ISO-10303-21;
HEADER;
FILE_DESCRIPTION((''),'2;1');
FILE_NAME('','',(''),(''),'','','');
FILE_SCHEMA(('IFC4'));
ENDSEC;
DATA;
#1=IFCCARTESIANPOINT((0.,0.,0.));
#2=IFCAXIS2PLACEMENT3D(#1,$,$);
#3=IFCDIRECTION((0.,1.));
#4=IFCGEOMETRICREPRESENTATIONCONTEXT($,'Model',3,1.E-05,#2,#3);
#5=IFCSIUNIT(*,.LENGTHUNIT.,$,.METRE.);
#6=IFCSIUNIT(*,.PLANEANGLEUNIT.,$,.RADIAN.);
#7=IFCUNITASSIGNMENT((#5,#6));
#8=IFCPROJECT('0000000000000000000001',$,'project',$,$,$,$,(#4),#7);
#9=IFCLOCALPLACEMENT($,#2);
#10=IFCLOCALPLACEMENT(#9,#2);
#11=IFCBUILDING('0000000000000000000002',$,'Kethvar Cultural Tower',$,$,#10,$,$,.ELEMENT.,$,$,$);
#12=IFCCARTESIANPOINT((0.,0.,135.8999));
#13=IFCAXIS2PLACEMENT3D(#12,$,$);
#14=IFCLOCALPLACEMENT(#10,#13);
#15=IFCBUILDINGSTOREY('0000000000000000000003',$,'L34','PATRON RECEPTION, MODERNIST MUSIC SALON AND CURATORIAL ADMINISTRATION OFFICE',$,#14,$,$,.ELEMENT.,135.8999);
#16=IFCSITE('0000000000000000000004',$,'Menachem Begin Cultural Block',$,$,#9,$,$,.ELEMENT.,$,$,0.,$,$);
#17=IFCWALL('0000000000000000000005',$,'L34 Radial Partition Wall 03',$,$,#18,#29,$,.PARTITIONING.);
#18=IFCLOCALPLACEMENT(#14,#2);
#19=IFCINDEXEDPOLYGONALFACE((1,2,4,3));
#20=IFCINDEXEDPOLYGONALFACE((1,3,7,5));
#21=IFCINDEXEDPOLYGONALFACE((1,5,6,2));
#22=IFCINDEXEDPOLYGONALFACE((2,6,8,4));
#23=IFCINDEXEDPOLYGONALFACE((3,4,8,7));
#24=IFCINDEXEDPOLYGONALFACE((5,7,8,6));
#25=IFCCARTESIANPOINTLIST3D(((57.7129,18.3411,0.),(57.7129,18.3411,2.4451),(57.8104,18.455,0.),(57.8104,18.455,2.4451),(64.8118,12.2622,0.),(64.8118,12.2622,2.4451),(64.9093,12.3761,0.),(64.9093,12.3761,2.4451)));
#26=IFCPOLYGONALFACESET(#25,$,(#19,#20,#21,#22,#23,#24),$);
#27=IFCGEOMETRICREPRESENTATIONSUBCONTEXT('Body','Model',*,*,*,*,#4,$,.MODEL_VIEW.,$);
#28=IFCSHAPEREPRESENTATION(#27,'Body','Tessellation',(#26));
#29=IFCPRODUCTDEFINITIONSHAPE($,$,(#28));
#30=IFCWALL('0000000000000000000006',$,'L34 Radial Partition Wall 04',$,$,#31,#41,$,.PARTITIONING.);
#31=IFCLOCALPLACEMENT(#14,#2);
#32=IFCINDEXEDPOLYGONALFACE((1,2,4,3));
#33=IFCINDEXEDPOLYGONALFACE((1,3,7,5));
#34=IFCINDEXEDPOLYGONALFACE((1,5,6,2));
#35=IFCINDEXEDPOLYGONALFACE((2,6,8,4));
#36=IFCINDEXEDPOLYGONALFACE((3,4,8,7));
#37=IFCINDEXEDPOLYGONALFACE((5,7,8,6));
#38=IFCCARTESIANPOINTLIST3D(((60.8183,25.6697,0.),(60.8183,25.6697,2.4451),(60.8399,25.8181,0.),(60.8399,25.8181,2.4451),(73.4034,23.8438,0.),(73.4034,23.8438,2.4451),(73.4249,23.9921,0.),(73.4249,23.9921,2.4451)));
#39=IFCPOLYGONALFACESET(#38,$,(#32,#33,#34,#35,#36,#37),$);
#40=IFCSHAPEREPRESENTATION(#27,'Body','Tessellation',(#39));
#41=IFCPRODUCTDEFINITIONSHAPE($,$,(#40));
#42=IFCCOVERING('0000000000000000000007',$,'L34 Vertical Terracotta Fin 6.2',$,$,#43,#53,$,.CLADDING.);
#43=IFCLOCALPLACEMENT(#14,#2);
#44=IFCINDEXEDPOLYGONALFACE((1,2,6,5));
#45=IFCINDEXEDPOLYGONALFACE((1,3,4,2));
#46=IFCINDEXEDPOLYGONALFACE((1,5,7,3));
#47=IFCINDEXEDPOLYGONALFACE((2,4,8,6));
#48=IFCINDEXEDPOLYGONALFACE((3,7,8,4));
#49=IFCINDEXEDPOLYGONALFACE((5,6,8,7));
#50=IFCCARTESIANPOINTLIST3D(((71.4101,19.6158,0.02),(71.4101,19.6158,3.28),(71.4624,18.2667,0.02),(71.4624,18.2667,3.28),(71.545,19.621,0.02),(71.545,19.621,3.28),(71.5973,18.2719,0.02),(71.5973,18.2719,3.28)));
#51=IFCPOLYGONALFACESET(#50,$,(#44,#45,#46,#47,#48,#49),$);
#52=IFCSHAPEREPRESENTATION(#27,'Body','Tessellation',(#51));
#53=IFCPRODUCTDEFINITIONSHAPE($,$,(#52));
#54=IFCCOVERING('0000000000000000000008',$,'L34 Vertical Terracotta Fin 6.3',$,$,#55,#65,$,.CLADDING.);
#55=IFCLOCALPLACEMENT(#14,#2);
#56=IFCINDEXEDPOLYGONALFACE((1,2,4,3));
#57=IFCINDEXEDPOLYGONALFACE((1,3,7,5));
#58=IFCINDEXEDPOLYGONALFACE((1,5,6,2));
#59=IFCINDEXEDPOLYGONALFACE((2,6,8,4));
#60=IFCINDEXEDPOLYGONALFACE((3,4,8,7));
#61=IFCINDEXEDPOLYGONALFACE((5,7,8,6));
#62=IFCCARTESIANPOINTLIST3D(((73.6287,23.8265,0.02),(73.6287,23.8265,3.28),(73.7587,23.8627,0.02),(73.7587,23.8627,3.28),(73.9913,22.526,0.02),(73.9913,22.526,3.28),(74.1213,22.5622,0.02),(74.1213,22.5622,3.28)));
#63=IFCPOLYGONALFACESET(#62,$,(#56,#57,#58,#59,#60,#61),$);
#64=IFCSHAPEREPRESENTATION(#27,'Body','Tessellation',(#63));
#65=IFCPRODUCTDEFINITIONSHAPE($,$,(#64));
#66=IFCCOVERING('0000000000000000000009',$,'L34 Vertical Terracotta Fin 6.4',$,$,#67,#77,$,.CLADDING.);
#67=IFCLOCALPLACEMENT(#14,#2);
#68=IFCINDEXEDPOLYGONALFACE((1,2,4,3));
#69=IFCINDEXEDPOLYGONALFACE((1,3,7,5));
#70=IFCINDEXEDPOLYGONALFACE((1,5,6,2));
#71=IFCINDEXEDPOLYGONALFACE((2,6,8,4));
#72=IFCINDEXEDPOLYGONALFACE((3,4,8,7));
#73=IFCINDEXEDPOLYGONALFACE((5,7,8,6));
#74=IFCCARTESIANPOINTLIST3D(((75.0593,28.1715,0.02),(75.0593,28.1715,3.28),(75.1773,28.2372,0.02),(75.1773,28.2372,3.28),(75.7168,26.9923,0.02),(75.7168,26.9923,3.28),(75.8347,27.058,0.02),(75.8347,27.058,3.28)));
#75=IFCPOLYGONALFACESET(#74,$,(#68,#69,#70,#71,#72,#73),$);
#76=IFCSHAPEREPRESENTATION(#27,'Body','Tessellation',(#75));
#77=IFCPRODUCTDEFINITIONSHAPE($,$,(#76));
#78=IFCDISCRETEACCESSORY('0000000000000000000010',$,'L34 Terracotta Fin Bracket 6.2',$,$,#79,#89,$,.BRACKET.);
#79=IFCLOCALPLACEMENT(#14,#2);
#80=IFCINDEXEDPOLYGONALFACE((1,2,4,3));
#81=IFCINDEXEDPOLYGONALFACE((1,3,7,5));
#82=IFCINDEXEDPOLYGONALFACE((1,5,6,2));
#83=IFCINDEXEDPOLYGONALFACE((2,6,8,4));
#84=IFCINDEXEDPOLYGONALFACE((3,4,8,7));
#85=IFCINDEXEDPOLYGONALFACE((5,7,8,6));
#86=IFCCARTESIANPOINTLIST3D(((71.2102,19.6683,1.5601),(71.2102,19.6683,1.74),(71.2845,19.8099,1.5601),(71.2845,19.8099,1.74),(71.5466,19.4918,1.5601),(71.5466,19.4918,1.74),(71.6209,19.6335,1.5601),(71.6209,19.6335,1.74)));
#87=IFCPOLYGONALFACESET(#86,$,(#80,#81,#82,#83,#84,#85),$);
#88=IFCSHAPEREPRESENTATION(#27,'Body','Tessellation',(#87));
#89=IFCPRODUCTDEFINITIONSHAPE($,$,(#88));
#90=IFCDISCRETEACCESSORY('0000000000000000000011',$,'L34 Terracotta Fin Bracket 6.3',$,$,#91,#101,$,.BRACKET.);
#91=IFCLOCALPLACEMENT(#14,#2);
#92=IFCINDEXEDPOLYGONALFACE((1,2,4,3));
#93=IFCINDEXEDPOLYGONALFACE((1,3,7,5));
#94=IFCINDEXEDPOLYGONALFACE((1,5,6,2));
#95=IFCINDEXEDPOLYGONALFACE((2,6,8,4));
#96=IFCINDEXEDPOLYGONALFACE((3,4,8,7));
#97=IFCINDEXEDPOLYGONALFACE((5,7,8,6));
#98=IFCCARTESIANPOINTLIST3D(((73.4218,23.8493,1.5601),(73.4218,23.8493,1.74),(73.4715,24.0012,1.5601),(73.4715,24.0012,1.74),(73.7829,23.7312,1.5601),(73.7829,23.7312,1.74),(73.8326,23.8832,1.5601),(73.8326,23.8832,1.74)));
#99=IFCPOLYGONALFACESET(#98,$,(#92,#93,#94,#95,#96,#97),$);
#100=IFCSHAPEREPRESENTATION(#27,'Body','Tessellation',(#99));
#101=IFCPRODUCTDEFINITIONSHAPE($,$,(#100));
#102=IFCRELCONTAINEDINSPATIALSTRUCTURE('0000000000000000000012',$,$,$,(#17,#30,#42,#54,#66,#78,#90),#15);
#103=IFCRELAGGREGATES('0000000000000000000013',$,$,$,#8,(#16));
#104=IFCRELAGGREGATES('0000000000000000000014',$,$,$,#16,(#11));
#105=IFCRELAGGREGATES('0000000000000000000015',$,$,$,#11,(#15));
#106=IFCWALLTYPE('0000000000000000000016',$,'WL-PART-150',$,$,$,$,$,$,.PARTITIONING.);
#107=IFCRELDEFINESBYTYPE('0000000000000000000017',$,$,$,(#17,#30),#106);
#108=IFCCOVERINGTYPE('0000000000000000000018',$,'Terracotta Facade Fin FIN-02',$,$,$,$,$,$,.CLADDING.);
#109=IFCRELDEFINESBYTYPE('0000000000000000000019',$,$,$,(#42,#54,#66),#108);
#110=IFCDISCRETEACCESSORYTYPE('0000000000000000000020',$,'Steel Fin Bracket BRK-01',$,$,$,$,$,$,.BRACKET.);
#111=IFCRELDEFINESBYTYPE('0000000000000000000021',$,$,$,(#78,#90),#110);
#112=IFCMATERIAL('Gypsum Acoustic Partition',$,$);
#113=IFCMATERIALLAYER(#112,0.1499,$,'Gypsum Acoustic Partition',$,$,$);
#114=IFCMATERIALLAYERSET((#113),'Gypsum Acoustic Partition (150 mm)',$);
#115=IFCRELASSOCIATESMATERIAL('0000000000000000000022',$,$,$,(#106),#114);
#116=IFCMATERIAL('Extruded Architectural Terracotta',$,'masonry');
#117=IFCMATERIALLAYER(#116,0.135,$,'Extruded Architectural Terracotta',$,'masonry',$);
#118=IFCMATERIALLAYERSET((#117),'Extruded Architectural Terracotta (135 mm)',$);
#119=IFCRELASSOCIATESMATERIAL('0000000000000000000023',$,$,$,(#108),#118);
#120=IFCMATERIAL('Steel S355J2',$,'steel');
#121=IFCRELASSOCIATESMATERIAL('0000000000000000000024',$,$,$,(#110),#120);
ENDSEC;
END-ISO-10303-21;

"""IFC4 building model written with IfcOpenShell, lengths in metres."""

from ifc_helpers import new_model, si_unit, direction, frame, frame_2d, origin, origin_2d, place, context, subcontext, project, spatial, rectangle, extrude, source, transform, mapped, material, layer, layer_set, type_object, element, save


model = new_model("IFC4")

# Units and contexts
model_context = context("Model", 3, precision=1e-05, world=origin(), true_north=direction((0.0, 1.0)))
body_context = subcontext(model_context, "Body", "Model", "MODEL_VIEW")
ifc_project = project(units=[si_unit("LENGTHUNIT", "METRE"), si_unit("PLANEANGLEUNIT", "RADIAN")], contexts=[model_context])

# Site, building, storey
site_placement = place(None, origin())
site = spatial("IfcSite", under=ifc_project, at=site_placement, Name="Menachem Begin Cultural Block", CompositionType="ELEMENT", RefElevation=0.0)
building_placement = place(site_placement, origin())
building = spatial("IfcBuilding", under=site, at=building_placement, Name="Kethvar Cultural Tower", CompositionType="ELEMENT")
storey_placement = place(building_placement, frame((0.0, 0.0, 135.8999)))
storey = spatial("IfcBuildingStorey", under=building, at=storey_placement, Name="L34", Description="PATRON RECEPTION, MODERNIST MUSIC SALON AND CURATORIAL ADMINISTRATION OFFICE", CompositionType="ELEMENT", Elevation=135.8999)

# Shared definitions
ifc_material_1 = material(Name="Steel S355J2", Category="steel")

# Walls
ifc_material_2 = material(Name="Gypsum Acoustic Partition")
ifc_layer_1 = layer(ifc_material_2, 0.1499, Name="Gypsum Acoustic Partition")
ifc_layer_set_1 = layer_set([ifc_layer_1], Name="Gypsum Acoustic Partition (150 mm)")
wall_type_1 = type_object("IfcWallType", Name="WL-PART-150", PredefinedType="PARTITIONING", material=ifc_layer_set_1)
wall_1_placement = place(storey_placement, frame((57.7617, 18.3979, 0.0), z_axis=(0.0, 0.0, 1.0), x_axis=(0.759568, -0.650428, 0.0)))
element("IfcWall", 1, at=wall_1_placement, inside=storey, type_object=wall_type_1, Name="L34 Radial Partition Wall 03", PredefinedType="PARTITIONING", context=body_context, shape_type="SweptSolid", body=[
    extrude(rectangle(XDim=9.3459, YDim=0.1499, at=frame_2d((4.6729, 0.0))), origin(), (0.0, 0.0, 1.0), 2.4451),
])
wall_2_placement = place(storey_placement, frame((60.8291, 25.7439, 0.0), z_axis=(0.0, 0.0, 1.0), x_axis=(0.989638, -0.143585, 0.0)))
element("IfcWall", 2, at=wall_2_placement, inside=storey, type_object=wall_type_1, Name="L34 Radial Partition Wall 04", PredefinedType="PARTITIONING", context=body_context, shape_type="SweptSolid", body=[
    extrude(rectangle(XDim=12.7168, YDim=0.1499, at=frame_2d((6.3584, 0.0))), origin(), (0.0, 0.0, 1.0), 2.4451),
])

# Coverings
ifc_material_3 = material(Name="Extruded Architectural Terracotta", Category="masonry")
ifc_layer_2 = layer(ifc_material_3, 0.135, Name="Extruded Architectural Terracotta", Category="masonry")
ifc_layer_set_2 = layer_set([ifc_layer_2], Name="Extruded Architectural Terracotta (135 mm)")
covering_type = type_object("IfcCoveringType", Name="Terracotta Facade Fin FIN-02", PredefinedType="CLADDING", material=ifc_layer_set_2)
shared_shape_1 = source(origin(), body_context, "Body", "SweptSolid", [
    extrude(rectangle(XDim=1.3501, YDim=0.135, at=origin_2d()), origin(), (0.0, 0.0, 1.0), 3.26),
])
for number, where, z_axis, x_axis, name in (
    (3, (71.5037, 18.9438, 0.02), (0.0, 0.0, 1.0), (0.038737, -0.999249, 0.0), "L34 Vertical Terracotta Fin 6.2"),
    (4, (73.875, 23.1943, 0.02), (0.0, 0.0, 1.0), (0.268584, -0.963256, 0.0), "L34 Vertical Terracotta Fin 6.3"),
    (5, (75.447, 27.6147, 0.02), (0.0, 0.0, 1.0), (0.486945, -0.873432, 0.0), "L34 Vertical Terracotta Fin 6.4"),
):
    element("IfcCovering", number, at=place(storey_placement, frame(where, z_axis=z_axis, x_axis=x_axis)), inside=storey, type_object=covering_type, Name=name, PredefinedType="CLADDING", context=body_context, shape_type="MappedRepresentation", body=[
        mapped(shared_shape_1, transform((0.0, 0.0, 0.0), scale=1.0)),
    ])

# Discrete accessories
discrete_accessory_type = type_object("IfcDiscreteAccessoryType", Name="Steel Fin Bracket BRK-01", PredefinedType="BRACKET", material=ifc_material_1)
shared_shape_2 = source(origin(), body_context, "Body", "SweptSolid", [
    extrude(rectangle(XDim=0.3799, YDim=0.1599, at=origin_2d()), origin(), (0.0, 0.0, 1.0), 0.1799),
])
for number, where, z_axis, x_axis, name in (
    (6, (71.4155, 19.6509, 1.5601), (0.0, 0.0, 1.0), (0.885556, -0.464533, 0.0), "L34 Terracotta Fin Bracket 6.2"),
    (7, (73.6272, 23.8662, 1.5601), (0.0, 0.0, 1.0), (0.950461, -0.310842, 0.0), "L34 Terracotta Fin Bracket 6.3"),
):
    element("IfcDiscreteAccessory", number, at=place(storey_placement, frame(where, z_axis=z_axis, x_axis=x_axis)), inside=storey, type_object=discrete_accessory_type, Name=name, PredefinedType="BRACKET", context=body_context, shape_type="MappedRepresentation", body=[
        mapped(shared_shape_2, transform((0.0, 0.0, 0.0), scale=1.0)),
    ])

save(model, "model.ifc")
